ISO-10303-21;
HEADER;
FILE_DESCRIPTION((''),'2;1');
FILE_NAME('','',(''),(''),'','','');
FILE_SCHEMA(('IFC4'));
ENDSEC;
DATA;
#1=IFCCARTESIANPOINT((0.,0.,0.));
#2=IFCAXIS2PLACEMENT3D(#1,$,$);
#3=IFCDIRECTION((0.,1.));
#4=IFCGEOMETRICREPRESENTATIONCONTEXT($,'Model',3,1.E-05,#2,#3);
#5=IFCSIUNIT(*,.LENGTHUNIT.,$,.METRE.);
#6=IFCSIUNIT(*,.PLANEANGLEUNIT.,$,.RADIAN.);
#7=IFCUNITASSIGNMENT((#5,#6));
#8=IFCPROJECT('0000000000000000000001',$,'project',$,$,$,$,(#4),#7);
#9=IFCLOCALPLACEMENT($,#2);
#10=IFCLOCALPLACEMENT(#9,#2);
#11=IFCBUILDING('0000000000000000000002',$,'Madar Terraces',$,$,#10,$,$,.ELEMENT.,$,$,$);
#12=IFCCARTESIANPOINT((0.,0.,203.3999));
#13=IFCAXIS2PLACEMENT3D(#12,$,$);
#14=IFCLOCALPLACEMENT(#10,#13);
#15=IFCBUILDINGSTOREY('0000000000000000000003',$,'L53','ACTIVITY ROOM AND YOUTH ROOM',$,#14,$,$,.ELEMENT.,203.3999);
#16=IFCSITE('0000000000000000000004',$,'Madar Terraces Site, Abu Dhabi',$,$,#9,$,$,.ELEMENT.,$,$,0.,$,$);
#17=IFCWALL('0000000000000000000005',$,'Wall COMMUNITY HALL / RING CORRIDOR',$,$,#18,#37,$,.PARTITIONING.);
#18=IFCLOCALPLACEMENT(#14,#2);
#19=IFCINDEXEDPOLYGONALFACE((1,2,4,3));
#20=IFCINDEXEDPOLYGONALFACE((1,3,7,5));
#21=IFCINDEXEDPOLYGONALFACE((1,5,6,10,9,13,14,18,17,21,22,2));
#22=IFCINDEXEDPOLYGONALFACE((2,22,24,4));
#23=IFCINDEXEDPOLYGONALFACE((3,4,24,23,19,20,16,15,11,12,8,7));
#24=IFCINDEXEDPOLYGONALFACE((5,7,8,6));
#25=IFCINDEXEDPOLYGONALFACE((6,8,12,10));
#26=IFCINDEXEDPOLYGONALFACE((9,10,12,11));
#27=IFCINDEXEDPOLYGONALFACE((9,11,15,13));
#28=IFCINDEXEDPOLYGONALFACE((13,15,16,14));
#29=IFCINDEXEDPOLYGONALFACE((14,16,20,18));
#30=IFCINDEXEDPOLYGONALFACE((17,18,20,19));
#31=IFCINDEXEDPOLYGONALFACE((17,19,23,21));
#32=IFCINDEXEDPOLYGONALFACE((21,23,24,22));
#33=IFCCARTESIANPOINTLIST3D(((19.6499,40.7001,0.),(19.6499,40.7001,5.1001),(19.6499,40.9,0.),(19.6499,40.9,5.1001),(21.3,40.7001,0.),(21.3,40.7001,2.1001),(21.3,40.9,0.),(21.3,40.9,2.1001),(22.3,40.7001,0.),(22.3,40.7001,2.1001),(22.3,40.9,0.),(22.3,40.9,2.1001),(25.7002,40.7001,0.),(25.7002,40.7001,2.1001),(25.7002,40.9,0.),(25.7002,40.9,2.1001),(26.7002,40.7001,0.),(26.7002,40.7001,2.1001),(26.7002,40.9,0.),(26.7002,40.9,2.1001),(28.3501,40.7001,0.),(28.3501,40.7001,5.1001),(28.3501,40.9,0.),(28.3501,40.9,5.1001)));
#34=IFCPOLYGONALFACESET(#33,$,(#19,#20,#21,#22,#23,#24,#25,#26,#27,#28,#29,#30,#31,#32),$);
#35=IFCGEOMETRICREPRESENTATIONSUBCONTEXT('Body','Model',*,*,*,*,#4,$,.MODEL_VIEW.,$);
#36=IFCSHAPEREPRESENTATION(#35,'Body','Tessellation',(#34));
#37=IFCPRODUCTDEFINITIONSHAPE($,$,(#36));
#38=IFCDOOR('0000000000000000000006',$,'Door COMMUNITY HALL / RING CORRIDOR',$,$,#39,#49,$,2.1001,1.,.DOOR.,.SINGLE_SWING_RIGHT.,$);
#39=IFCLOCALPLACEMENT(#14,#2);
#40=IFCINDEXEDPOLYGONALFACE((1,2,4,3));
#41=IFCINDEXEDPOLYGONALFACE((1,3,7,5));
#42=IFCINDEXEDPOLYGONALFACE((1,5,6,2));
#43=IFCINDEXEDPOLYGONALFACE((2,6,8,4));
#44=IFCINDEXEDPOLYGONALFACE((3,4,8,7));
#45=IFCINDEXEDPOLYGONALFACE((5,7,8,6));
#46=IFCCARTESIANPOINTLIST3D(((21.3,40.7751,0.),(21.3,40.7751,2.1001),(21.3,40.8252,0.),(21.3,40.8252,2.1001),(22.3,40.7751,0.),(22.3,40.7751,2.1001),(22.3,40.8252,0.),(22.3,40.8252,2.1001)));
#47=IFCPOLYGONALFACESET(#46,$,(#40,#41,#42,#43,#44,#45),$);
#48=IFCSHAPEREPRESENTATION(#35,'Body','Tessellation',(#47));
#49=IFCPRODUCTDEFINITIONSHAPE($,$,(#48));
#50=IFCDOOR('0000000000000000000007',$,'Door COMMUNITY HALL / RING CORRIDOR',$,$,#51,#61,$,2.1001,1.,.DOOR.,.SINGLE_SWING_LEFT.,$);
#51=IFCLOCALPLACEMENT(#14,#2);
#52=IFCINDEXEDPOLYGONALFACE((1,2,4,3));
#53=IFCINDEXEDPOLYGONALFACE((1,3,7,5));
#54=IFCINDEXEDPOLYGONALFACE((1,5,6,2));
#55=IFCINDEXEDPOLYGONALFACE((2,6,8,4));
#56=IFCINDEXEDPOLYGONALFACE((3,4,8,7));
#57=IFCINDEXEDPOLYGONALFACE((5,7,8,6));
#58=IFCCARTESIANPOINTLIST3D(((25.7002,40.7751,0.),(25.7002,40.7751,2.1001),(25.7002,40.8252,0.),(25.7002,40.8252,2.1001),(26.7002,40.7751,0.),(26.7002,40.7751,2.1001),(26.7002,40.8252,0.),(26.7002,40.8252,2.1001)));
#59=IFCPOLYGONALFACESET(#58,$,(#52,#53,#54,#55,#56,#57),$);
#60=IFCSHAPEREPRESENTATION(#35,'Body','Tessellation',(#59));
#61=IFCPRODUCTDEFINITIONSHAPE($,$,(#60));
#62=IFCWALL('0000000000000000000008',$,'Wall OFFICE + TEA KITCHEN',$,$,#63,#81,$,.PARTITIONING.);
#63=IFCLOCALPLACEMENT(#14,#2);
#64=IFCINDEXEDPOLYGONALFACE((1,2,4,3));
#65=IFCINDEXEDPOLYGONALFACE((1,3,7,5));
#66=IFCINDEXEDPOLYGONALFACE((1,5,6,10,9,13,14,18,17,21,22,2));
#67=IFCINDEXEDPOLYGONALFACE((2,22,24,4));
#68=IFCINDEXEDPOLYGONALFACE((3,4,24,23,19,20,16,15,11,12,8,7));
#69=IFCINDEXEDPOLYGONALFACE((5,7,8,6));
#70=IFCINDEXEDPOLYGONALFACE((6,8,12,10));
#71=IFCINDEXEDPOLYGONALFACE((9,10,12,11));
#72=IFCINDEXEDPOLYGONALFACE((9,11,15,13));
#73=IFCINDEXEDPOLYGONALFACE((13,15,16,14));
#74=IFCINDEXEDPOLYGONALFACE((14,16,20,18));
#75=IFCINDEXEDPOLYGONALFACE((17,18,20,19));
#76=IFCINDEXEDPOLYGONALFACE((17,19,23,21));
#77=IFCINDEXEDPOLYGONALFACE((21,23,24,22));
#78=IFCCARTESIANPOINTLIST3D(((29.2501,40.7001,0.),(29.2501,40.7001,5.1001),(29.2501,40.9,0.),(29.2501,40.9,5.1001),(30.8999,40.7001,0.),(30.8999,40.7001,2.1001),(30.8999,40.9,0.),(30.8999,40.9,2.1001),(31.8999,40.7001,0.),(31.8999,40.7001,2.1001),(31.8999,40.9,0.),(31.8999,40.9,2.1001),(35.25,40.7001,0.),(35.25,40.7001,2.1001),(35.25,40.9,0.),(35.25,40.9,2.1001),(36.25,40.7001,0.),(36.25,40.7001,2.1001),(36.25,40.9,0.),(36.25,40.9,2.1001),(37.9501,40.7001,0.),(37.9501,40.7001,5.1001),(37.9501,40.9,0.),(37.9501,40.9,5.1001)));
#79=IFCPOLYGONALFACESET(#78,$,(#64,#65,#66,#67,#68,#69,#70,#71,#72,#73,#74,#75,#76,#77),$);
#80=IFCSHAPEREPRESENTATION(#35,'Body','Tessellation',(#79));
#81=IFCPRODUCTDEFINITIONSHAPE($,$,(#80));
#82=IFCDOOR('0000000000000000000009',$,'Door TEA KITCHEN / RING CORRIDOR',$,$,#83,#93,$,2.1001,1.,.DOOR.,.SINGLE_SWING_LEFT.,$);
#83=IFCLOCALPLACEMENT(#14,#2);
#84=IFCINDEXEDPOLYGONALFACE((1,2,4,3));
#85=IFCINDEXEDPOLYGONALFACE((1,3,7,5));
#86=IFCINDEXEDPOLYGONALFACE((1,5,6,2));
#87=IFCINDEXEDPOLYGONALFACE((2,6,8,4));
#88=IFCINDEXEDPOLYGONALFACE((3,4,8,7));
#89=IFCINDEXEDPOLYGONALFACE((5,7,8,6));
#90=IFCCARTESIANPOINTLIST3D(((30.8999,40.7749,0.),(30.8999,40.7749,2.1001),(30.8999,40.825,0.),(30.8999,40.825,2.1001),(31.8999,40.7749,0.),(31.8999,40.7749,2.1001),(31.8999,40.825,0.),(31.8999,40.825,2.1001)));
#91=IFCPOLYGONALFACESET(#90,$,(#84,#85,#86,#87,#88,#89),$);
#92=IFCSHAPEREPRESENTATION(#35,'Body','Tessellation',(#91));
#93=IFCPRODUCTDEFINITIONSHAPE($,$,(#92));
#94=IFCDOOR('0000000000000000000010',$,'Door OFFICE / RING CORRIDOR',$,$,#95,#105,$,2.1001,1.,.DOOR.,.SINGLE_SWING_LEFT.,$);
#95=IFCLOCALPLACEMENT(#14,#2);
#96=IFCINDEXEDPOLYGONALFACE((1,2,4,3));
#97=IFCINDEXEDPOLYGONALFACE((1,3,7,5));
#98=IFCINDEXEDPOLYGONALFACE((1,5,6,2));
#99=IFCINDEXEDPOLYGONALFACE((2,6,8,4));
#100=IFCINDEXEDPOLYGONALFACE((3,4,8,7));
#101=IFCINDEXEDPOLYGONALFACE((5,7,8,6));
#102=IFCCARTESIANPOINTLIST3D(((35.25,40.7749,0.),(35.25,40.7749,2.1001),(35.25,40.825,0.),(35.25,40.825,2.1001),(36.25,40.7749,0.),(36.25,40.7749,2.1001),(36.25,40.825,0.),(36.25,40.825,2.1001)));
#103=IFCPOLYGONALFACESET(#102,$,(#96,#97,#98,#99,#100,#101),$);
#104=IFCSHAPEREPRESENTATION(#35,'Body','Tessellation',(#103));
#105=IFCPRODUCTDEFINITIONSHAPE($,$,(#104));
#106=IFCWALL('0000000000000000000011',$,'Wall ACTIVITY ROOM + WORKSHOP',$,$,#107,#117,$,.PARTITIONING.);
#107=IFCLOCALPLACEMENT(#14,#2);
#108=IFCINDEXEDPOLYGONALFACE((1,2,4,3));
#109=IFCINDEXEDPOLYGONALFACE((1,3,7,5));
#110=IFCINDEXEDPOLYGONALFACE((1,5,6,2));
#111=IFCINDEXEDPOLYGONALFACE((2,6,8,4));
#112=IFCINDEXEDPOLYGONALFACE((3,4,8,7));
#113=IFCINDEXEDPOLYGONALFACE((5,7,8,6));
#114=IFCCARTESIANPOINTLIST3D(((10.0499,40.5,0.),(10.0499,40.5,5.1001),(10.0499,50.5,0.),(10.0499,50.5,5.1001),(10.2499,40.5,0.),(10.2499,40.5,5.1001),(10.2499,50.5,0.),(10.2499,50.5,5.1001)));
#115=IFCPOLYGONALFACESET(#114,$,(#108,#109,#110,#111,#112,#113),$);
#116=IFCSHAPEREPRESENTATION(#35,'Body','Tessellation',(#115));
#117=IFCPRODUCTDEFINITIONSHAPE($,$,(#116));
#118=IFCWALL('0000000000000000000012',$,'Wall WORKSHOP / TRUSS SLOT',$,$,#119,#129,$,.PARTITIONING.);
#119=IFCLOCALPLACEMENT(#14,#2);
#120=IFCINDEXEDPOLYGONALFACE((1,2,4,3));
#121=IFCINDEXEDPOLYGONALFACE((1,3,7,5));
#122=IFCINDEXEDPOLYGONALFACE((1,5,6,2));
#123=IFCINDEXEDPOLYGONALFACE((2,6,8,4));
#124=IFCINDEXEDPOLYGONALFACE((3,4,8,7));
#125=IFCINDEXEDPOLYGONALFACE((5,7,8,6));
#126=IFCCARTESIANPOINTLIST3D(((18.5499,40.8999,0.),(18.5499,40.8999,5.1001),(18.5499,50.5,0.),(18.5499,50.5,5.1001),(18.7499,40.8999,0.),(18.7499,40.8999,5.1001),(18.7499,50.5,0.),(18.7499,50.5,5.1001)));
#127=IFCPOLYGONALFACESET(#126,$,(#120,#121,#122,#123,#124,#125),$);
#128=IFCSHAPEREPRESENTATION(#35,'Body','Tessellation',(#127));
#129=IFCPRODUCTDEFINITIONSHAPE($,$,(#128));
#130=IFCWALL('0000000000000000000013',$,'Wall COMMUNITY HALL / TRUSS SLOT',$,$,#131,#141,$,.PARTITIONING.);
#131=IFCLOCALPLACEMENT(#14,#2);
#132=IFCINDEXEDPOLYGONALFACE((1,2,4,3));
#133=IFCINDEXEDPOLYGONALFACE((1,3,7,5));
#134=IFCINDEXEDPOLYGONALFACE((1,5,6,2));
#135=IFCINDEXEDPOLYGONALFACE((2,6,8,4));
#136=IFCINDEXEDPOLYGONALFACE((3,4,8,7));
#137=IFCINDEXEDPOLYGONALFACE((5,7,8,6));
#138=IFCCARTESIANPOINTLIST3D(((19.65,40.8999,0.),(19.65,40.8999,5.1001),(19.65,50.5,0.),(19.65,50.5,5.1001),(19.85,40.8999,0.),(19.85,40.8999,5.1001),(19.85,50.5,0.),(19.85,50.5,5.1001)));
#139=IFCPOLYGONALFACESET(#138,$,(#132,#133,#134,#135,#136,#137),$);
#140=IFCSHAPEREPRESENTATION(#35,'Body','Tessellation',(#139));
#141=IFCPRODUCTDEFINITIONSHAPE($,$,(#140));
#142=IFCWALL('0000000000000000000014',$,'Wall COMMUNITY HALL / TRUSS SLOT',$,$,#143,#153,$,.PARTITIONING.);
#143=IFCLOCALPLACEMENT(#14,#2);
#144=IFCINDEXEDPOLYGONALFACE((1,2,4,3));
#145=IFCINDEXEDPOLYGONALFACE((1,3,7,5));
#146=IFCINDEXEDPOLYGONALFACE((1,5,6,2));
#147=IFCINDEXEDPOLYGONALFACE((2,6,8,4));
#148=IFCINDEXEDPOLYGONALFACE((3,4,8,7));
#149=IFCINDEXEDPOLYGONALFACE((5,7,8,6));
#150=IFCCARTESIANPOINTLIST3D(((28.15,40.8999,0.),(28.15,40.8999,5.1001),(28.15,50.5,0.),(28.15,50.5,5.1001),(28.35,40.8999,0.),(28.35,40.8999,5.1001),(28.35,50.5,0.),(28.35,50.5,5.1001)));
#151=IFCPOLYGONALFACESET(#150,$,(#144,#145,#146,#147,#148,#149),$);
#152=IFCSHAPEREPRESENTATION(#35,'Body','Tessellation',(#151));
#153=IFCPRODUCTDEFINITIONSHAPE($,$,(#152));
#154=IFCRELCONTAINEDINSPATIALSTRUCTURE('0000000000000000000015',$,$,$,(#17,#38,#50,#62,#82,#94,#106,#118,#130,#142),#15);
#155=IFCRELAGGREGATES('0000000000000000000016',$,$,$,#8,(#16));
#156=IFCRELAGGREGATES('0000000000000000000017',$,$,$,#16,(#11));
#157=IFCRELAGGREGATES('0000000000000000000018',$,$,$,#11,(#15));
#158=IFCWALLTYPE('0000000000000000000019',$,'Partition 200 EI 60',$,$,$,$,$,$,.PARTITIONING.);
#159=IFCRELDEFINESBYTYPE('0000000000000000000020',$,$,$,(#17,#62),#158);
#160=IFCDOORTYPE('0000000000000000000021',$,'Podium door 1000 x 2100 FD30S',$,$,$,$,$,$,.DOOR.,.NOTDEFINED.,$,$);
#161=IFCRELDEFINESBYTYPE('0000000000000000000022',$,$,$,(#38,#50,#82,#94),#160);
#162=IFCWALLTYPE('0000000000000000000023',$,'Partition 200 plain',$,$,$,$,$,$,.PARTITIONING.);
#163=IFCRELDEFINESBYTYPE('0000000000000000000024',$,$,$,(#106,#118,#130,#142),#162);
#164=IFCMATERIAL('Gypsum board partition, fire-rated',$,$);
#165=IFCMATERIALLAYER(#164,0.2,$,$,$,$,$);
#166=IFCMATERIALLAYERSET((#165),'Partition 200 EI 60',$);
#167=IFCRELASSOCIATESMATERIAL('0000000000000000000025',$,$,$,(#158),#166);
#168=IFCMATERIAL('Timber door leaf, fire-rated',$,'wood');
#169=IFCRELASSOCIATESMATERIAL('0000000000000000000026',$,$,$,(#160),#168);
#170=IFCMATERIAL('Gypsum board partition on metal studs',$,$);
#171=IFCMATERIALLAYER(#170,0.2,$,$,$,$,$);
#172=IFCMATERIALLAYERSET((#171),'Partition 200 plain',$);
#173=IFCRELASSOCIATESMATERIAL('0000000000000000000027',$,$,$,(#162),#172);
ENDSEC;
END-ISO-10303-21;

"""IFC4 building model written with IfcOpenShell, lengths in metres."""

from ifc_helpers import new_model, si_unit, direction, frame, frame_2d, origin, place, context, subcontext, project, spatial, rectangle, extrude, material, layer, layer_set, type_object, element, fill, save


model = new_model("IFC4")

# Units and contexts
model_context = context("Model", 3, precision=1e-05, world=origin(), true_north=direction((0.0, 1.0)))
body_context = subcontext(model_context, "Body", "Model", "MODEL_VIEW")
ifc_project = project(units=[si_unit("LENGTHUNIT", "METRE"), si_unit("PLANEANGLEUNIT", "RADIAN")], contexts=[model_context])

# Site, building, storey
site_placement = place(None, origin())
site = spatial("IfcSite", under=ifc_project, at=site_placement, Name="Madar Terraces Site, Abu Dhabi", CompositionType="ELEMENT", RefElevation=0.0)
building_placement = place(site_placement, origin())
building = spatial("IfcBuilding", under=site, at=building_placement, Name="Madar Terraces", CompositionType="ELEMENT")
storey_placement = place(building_placement, frame((0.0, 0.0, 203.3999)))
storey = spatial("IfcBuildingStorey", under=building, at=storey_placement, Name="L53", Description="ACTIVITY ROOM AND YOUTH ROOM", CompositionType="ELEMENT", Elevation=203.3999)

# Shared definitions
ifc_material_1 = material(Name="Gypsum board partition, fire-rated")
ifc_layer_1 = layer(ifc_material_1, 0.2)
ifc_layer_set_1 = layer_set([ifc_layer_1], Name="Partition 200 EI 60")
wall_type_1 = type_object("IfcWallType", Name="Partition 200 EI 60", PredefinedType="PARTITIONING", material=ifc_layer_set_1)

# Shared definitions
ifc_material_2 = material(Name="Timber door leaf, fire-rated", Category="wood")
door_type = type_object("IfcDoorType", Name="Podium door 1000 x 2100 FD30S", OperationType="NOTDEFINED", PredefinedType="DOOR", material=ifc_material_2)

# Walls, openings, doors
wall_1_placement = place(storey_placement, frame((28.3501, 40.8, 0.0), z_axis=(0.0, 0.0, 1.0), x_axis=(-1.0, 0.0, 0.0)))
wall_1 = element("IfcWall", 1, at=wall_1_placement, inside=storey, type_object=wall_type_1, Name="Wall COMMUNITY HALL / RING CORRIDOR", PredefinedType="PARTITIONING", context=body_context, shape_type="SweptSolid", body=[
    extrude(rectangle(XDim=8.7002, YDim=0.2, at=frame_2d((4.3501, 0.0))), origin(), (0.0, 0.0, 1.0), 5.1001),
])
opening_1_placement = place(wall_1_placement, frame((6.05, 0.0, 0.0)))
opening_1 = element("IfcOpeningElement", 2, at=opening_1_placement, cuts=wall_1, PredefinedType="OPENING", context=body_context, shape_type="SweptSolid", body=[
    extrude(rectangle(XDim=1.0, YDim=2.1001, at=frame_2d((0.5, 1.05))), frame((0.0, 0.1099, 0.0), z_axis=(0.0, -1.0, 0.0), x_axis=(1.0, 0.0, 0.0)), (0.0, 0.0, 1.0), 0.22),
])
opening_2_placement = place(wall_1_placement, frame((1.6499, 0.0, 0.0)))
opening_2 = element("IfcOpeningElement", 3, at=opening_2_placement, cuts=wall_1, PredefinedType="OPENING", context=body_context, shape_type="SweptSolid", body=[
    extrude(rectangle(XDim=1.0, YDim=2.1001, at=frame_2d((0.5, 1.05))), frame((0.0, 0.1099, 0.0), z_axis=(0.0, -1.0, 0.0), x_axis=(1.0, 0.0, 0.0)), (0.0, 0.0, 1.0), 0.22),
])
door_1_placement = place(opening_1_placement, origin())
door_1 = element("IfcDoor", 4, at=door_1_placement, inside=storey, type_object=door_type, Name="Door COMMUNITY HALL / RING CORRIDOR", OperationType="SINGLE_SWING_RIGHT", OverallHeight=2.1001, OverallWidth=1.0, PredefinedType="DOOR", context=body_context, shape_type="SweptSolid", body=[
    extrude(rectangle(XDim=1.0, YDim=2.1001, at=frame_2d((0.5, 1.05))), frame((0.0, 0.0249, 0.0), z_axis=(0.0, -1.0, 0.0), x_axis=(1.0, 0.0, 0.0)), (0.0, 0.0, 1.0), 0.05),
])
fill(opening_1, door_1)
door_2_placement = place(opening_2_placement, origin())
door_2 = element("IfcDoor", 5, at=door_2_placement, inside=storey, type_object=door_type, Name="Door COMMUNITY HALL / RING CORRIDOR", OperationType="SINGLE_SWING_LEFT", OverallHeight=2.1001, OverallWidth=1.0, PredefinedType="DOOR", context=body_context, shape_type="SweptSolid", body=[
    extrude(rectangle(XDim=1.0, YDim=2.1001, at=frame_2d((0.5, 1.05))), frame((0.0, 0.0249, 0.0), z_axis=(0.0, -1.0, 0.0), x_axis=(1.0, 0.0, 0.0)), (0.0, 0.0, 1.0), 0.05),
])
fill(opening_2, door_2)
wall_2_placement = place(storey_placement, frame((29.25, 40.8, 0.0), z_axis=(0.0, 0.0, 1.0), x_axis=(1.0, 0.0, 0.0)))
wall_2 = element("IfcWall", 6, at=wall_2_placement, inside=storey, type_object=wall_type_1, Name="Wall OFFICE + TEA KITCHEN", PredefinedType="PARTITIONING", context=body_context, shape_type="SweptSolid", body=[
    extrude(rectangle(XDim=8.7, YDim=0.2, at=frame_2d((4.3501, 0.0))), origin(), (0.0, 0.0, 1.0), 5.1001),
])
opening_3_placement = place(wall_2_placement, frame((1.6499, 0.0, 0.0)))
opening_3 = element("IfcOpeningElement", 7, at=opening_3_placement, cuts=wall_2, PredefinedType="OPENING", context=body_context, shape_type="SweptSolid", body=[
    extrude(rectangle(XDim=1.0, YDim=2.1001, at=frame_2d((0.5, 1.05))), frame((0.0, 0.1099, 0.0), z_axis=(0.0, -1.0, 0.0), x_axis=(1.0, 0.0, 0.0)), (0.0, 0.0, 1.0), 0.22),
])
opening_4_placement = place(wall_2_placement, frame((6.0, 0.0, 0.0)))
opening_4 = element("IfcOpeningElement", 8, at=opening_4_placement, cuts=wall_2, PredefinedType="OPENING", context=body_context, shape_type="SweptSolid", body=[
    extrude(rectangle(XDim=1.0, YDim=2.1001, at=frame_2d((0.5, 1.05))), frame((0.0, 0.1099, 0.0), z_axis=(0.0, -1.0, 0.0), x_axis=(1.0, 0.0, 0.0)), (0.0, 0.0, 1.0), 0.22),
])
door_3_placement = place(opening_3_placement, origin())
door_3 = element("IfcDoor", 9, at=door_3_placement, inside=storey, type_object=door_type, Name="Door TEA KITCHEN / RING CORRIDOR", OperationType="SINGLE_SWING_LEFT", OverallHeight=2.1001, OverallWidth=1.0, PredefinedType="DOOR", context=body_context, shape_type="SweptSolid", body=[
    extrude(rectangle(XDim=1.0, YDim=2.1001, at=frame_2d((0.5, 1.05))), frame((0.0, 0.0249, 0.0), z_axis=(0.0, -1.0, 0.0), x_axis=(1.0, 0.0, 0.0)), (0.0, 0.0, 1.0), 0.05),
])
fill(opening_3, door_3)
door_4_placement = place(opening_4_placement, origin())
door_4 = element("IfcDoor", 10, at=door_4_placement, inside=storey, type_object=door_type, Name="Door OFFICE / RING CORRIDOR", OperationType="SINGLE_SWING_LEFT", OverallHeight=2.1001, OverallWidth=1.0, PredefinedType="DOOR", context=body_context, shape_type="SweptSolid", body=[
    extrude(rectangle(XDim=1.0, YDim=2.1001, at=frame_2d((0.5, 1.05))), frame((0.0, 0.0249, 0.0), z_axis=(0.0, -1.0, 0.0), x_axis=(1.0, 0.0, 0.0)), (0.0, 0.0, 1.0), 0.05),
])
fill(opening_4, door_4)

# Walls
ifc_material_3 = material(Name="Gypsum board partition on metal studs")
ifc_layer_2 = layer(ifc_material_3, 0.2)
ifc_layer_set_2 = layer_set([ifc_layer_2], Name="Partition 200 plain")
wall_type_2 = type_object("IfcWallType", Name="Partition 200 plain", PredefinedType="PARTITIONING", material=ifc_layer_set_2)
wall_3_placement = place(storey_placement, frame((10.1499, 40.5, 0.0), z_axis=(0.0, 0.0, 1.0), x_axis=(0.0, 1.0, 0.0)))
element("IfcWall", 11, at=wall_3_placement, inside=storey, type_object=wall_type_2, Name="Wall ACTIVITY ROOM + WORKSHOP", PredefinedType="PARTITIONING", context=body_context, shape_type="SweptSolid", body=[
    extrude(rectangle(XDim=10.0, YDim=0.2, at=frame_2d((5.0, 0.0))), origin(), (0.0, 0.0, 1.0), 5.1001),
])
for number, where, z_axis, x_axis, name in (
    (12, (18.6499, 40.8999, 0.0), (0.0, 0.0, 1.0), (0.0, 1.0, 0.0), "Wall WORKSHOP / TRUSS SLOT"),
    (13, (19.75, 40.8999, 0.0), (0.0, 0.0, 1.0), (0.0, 1.0, 0.0), "Wall COMMUNITY HALL / TRUSS SLOT"),
    (14, (28.25, 40.8999, 0.0), (0.0, 0.0, 1.0), (0.0, 1.0, 0.0), "Wall COMMUNITY HALL / TRUSS SLOT"),
):
    element("IfcWall", number, at=place(storey_placement, frame(where, z_axis=z_axis, x_axis=x_axis)), inside=storey, type_object=wall_type_2, Name=name, PredefinedType="PARTITIONING", context=body_context, shape_type="SweptSolid", body=[
        extrude(rectangle(XDim=9.6001, YDim=0.2, at=frame_2d((4.8, 0.0))), origin(), (0.0, 0.0, 1.0), 5.1001),
    ])

save(model, "model.ifc")
